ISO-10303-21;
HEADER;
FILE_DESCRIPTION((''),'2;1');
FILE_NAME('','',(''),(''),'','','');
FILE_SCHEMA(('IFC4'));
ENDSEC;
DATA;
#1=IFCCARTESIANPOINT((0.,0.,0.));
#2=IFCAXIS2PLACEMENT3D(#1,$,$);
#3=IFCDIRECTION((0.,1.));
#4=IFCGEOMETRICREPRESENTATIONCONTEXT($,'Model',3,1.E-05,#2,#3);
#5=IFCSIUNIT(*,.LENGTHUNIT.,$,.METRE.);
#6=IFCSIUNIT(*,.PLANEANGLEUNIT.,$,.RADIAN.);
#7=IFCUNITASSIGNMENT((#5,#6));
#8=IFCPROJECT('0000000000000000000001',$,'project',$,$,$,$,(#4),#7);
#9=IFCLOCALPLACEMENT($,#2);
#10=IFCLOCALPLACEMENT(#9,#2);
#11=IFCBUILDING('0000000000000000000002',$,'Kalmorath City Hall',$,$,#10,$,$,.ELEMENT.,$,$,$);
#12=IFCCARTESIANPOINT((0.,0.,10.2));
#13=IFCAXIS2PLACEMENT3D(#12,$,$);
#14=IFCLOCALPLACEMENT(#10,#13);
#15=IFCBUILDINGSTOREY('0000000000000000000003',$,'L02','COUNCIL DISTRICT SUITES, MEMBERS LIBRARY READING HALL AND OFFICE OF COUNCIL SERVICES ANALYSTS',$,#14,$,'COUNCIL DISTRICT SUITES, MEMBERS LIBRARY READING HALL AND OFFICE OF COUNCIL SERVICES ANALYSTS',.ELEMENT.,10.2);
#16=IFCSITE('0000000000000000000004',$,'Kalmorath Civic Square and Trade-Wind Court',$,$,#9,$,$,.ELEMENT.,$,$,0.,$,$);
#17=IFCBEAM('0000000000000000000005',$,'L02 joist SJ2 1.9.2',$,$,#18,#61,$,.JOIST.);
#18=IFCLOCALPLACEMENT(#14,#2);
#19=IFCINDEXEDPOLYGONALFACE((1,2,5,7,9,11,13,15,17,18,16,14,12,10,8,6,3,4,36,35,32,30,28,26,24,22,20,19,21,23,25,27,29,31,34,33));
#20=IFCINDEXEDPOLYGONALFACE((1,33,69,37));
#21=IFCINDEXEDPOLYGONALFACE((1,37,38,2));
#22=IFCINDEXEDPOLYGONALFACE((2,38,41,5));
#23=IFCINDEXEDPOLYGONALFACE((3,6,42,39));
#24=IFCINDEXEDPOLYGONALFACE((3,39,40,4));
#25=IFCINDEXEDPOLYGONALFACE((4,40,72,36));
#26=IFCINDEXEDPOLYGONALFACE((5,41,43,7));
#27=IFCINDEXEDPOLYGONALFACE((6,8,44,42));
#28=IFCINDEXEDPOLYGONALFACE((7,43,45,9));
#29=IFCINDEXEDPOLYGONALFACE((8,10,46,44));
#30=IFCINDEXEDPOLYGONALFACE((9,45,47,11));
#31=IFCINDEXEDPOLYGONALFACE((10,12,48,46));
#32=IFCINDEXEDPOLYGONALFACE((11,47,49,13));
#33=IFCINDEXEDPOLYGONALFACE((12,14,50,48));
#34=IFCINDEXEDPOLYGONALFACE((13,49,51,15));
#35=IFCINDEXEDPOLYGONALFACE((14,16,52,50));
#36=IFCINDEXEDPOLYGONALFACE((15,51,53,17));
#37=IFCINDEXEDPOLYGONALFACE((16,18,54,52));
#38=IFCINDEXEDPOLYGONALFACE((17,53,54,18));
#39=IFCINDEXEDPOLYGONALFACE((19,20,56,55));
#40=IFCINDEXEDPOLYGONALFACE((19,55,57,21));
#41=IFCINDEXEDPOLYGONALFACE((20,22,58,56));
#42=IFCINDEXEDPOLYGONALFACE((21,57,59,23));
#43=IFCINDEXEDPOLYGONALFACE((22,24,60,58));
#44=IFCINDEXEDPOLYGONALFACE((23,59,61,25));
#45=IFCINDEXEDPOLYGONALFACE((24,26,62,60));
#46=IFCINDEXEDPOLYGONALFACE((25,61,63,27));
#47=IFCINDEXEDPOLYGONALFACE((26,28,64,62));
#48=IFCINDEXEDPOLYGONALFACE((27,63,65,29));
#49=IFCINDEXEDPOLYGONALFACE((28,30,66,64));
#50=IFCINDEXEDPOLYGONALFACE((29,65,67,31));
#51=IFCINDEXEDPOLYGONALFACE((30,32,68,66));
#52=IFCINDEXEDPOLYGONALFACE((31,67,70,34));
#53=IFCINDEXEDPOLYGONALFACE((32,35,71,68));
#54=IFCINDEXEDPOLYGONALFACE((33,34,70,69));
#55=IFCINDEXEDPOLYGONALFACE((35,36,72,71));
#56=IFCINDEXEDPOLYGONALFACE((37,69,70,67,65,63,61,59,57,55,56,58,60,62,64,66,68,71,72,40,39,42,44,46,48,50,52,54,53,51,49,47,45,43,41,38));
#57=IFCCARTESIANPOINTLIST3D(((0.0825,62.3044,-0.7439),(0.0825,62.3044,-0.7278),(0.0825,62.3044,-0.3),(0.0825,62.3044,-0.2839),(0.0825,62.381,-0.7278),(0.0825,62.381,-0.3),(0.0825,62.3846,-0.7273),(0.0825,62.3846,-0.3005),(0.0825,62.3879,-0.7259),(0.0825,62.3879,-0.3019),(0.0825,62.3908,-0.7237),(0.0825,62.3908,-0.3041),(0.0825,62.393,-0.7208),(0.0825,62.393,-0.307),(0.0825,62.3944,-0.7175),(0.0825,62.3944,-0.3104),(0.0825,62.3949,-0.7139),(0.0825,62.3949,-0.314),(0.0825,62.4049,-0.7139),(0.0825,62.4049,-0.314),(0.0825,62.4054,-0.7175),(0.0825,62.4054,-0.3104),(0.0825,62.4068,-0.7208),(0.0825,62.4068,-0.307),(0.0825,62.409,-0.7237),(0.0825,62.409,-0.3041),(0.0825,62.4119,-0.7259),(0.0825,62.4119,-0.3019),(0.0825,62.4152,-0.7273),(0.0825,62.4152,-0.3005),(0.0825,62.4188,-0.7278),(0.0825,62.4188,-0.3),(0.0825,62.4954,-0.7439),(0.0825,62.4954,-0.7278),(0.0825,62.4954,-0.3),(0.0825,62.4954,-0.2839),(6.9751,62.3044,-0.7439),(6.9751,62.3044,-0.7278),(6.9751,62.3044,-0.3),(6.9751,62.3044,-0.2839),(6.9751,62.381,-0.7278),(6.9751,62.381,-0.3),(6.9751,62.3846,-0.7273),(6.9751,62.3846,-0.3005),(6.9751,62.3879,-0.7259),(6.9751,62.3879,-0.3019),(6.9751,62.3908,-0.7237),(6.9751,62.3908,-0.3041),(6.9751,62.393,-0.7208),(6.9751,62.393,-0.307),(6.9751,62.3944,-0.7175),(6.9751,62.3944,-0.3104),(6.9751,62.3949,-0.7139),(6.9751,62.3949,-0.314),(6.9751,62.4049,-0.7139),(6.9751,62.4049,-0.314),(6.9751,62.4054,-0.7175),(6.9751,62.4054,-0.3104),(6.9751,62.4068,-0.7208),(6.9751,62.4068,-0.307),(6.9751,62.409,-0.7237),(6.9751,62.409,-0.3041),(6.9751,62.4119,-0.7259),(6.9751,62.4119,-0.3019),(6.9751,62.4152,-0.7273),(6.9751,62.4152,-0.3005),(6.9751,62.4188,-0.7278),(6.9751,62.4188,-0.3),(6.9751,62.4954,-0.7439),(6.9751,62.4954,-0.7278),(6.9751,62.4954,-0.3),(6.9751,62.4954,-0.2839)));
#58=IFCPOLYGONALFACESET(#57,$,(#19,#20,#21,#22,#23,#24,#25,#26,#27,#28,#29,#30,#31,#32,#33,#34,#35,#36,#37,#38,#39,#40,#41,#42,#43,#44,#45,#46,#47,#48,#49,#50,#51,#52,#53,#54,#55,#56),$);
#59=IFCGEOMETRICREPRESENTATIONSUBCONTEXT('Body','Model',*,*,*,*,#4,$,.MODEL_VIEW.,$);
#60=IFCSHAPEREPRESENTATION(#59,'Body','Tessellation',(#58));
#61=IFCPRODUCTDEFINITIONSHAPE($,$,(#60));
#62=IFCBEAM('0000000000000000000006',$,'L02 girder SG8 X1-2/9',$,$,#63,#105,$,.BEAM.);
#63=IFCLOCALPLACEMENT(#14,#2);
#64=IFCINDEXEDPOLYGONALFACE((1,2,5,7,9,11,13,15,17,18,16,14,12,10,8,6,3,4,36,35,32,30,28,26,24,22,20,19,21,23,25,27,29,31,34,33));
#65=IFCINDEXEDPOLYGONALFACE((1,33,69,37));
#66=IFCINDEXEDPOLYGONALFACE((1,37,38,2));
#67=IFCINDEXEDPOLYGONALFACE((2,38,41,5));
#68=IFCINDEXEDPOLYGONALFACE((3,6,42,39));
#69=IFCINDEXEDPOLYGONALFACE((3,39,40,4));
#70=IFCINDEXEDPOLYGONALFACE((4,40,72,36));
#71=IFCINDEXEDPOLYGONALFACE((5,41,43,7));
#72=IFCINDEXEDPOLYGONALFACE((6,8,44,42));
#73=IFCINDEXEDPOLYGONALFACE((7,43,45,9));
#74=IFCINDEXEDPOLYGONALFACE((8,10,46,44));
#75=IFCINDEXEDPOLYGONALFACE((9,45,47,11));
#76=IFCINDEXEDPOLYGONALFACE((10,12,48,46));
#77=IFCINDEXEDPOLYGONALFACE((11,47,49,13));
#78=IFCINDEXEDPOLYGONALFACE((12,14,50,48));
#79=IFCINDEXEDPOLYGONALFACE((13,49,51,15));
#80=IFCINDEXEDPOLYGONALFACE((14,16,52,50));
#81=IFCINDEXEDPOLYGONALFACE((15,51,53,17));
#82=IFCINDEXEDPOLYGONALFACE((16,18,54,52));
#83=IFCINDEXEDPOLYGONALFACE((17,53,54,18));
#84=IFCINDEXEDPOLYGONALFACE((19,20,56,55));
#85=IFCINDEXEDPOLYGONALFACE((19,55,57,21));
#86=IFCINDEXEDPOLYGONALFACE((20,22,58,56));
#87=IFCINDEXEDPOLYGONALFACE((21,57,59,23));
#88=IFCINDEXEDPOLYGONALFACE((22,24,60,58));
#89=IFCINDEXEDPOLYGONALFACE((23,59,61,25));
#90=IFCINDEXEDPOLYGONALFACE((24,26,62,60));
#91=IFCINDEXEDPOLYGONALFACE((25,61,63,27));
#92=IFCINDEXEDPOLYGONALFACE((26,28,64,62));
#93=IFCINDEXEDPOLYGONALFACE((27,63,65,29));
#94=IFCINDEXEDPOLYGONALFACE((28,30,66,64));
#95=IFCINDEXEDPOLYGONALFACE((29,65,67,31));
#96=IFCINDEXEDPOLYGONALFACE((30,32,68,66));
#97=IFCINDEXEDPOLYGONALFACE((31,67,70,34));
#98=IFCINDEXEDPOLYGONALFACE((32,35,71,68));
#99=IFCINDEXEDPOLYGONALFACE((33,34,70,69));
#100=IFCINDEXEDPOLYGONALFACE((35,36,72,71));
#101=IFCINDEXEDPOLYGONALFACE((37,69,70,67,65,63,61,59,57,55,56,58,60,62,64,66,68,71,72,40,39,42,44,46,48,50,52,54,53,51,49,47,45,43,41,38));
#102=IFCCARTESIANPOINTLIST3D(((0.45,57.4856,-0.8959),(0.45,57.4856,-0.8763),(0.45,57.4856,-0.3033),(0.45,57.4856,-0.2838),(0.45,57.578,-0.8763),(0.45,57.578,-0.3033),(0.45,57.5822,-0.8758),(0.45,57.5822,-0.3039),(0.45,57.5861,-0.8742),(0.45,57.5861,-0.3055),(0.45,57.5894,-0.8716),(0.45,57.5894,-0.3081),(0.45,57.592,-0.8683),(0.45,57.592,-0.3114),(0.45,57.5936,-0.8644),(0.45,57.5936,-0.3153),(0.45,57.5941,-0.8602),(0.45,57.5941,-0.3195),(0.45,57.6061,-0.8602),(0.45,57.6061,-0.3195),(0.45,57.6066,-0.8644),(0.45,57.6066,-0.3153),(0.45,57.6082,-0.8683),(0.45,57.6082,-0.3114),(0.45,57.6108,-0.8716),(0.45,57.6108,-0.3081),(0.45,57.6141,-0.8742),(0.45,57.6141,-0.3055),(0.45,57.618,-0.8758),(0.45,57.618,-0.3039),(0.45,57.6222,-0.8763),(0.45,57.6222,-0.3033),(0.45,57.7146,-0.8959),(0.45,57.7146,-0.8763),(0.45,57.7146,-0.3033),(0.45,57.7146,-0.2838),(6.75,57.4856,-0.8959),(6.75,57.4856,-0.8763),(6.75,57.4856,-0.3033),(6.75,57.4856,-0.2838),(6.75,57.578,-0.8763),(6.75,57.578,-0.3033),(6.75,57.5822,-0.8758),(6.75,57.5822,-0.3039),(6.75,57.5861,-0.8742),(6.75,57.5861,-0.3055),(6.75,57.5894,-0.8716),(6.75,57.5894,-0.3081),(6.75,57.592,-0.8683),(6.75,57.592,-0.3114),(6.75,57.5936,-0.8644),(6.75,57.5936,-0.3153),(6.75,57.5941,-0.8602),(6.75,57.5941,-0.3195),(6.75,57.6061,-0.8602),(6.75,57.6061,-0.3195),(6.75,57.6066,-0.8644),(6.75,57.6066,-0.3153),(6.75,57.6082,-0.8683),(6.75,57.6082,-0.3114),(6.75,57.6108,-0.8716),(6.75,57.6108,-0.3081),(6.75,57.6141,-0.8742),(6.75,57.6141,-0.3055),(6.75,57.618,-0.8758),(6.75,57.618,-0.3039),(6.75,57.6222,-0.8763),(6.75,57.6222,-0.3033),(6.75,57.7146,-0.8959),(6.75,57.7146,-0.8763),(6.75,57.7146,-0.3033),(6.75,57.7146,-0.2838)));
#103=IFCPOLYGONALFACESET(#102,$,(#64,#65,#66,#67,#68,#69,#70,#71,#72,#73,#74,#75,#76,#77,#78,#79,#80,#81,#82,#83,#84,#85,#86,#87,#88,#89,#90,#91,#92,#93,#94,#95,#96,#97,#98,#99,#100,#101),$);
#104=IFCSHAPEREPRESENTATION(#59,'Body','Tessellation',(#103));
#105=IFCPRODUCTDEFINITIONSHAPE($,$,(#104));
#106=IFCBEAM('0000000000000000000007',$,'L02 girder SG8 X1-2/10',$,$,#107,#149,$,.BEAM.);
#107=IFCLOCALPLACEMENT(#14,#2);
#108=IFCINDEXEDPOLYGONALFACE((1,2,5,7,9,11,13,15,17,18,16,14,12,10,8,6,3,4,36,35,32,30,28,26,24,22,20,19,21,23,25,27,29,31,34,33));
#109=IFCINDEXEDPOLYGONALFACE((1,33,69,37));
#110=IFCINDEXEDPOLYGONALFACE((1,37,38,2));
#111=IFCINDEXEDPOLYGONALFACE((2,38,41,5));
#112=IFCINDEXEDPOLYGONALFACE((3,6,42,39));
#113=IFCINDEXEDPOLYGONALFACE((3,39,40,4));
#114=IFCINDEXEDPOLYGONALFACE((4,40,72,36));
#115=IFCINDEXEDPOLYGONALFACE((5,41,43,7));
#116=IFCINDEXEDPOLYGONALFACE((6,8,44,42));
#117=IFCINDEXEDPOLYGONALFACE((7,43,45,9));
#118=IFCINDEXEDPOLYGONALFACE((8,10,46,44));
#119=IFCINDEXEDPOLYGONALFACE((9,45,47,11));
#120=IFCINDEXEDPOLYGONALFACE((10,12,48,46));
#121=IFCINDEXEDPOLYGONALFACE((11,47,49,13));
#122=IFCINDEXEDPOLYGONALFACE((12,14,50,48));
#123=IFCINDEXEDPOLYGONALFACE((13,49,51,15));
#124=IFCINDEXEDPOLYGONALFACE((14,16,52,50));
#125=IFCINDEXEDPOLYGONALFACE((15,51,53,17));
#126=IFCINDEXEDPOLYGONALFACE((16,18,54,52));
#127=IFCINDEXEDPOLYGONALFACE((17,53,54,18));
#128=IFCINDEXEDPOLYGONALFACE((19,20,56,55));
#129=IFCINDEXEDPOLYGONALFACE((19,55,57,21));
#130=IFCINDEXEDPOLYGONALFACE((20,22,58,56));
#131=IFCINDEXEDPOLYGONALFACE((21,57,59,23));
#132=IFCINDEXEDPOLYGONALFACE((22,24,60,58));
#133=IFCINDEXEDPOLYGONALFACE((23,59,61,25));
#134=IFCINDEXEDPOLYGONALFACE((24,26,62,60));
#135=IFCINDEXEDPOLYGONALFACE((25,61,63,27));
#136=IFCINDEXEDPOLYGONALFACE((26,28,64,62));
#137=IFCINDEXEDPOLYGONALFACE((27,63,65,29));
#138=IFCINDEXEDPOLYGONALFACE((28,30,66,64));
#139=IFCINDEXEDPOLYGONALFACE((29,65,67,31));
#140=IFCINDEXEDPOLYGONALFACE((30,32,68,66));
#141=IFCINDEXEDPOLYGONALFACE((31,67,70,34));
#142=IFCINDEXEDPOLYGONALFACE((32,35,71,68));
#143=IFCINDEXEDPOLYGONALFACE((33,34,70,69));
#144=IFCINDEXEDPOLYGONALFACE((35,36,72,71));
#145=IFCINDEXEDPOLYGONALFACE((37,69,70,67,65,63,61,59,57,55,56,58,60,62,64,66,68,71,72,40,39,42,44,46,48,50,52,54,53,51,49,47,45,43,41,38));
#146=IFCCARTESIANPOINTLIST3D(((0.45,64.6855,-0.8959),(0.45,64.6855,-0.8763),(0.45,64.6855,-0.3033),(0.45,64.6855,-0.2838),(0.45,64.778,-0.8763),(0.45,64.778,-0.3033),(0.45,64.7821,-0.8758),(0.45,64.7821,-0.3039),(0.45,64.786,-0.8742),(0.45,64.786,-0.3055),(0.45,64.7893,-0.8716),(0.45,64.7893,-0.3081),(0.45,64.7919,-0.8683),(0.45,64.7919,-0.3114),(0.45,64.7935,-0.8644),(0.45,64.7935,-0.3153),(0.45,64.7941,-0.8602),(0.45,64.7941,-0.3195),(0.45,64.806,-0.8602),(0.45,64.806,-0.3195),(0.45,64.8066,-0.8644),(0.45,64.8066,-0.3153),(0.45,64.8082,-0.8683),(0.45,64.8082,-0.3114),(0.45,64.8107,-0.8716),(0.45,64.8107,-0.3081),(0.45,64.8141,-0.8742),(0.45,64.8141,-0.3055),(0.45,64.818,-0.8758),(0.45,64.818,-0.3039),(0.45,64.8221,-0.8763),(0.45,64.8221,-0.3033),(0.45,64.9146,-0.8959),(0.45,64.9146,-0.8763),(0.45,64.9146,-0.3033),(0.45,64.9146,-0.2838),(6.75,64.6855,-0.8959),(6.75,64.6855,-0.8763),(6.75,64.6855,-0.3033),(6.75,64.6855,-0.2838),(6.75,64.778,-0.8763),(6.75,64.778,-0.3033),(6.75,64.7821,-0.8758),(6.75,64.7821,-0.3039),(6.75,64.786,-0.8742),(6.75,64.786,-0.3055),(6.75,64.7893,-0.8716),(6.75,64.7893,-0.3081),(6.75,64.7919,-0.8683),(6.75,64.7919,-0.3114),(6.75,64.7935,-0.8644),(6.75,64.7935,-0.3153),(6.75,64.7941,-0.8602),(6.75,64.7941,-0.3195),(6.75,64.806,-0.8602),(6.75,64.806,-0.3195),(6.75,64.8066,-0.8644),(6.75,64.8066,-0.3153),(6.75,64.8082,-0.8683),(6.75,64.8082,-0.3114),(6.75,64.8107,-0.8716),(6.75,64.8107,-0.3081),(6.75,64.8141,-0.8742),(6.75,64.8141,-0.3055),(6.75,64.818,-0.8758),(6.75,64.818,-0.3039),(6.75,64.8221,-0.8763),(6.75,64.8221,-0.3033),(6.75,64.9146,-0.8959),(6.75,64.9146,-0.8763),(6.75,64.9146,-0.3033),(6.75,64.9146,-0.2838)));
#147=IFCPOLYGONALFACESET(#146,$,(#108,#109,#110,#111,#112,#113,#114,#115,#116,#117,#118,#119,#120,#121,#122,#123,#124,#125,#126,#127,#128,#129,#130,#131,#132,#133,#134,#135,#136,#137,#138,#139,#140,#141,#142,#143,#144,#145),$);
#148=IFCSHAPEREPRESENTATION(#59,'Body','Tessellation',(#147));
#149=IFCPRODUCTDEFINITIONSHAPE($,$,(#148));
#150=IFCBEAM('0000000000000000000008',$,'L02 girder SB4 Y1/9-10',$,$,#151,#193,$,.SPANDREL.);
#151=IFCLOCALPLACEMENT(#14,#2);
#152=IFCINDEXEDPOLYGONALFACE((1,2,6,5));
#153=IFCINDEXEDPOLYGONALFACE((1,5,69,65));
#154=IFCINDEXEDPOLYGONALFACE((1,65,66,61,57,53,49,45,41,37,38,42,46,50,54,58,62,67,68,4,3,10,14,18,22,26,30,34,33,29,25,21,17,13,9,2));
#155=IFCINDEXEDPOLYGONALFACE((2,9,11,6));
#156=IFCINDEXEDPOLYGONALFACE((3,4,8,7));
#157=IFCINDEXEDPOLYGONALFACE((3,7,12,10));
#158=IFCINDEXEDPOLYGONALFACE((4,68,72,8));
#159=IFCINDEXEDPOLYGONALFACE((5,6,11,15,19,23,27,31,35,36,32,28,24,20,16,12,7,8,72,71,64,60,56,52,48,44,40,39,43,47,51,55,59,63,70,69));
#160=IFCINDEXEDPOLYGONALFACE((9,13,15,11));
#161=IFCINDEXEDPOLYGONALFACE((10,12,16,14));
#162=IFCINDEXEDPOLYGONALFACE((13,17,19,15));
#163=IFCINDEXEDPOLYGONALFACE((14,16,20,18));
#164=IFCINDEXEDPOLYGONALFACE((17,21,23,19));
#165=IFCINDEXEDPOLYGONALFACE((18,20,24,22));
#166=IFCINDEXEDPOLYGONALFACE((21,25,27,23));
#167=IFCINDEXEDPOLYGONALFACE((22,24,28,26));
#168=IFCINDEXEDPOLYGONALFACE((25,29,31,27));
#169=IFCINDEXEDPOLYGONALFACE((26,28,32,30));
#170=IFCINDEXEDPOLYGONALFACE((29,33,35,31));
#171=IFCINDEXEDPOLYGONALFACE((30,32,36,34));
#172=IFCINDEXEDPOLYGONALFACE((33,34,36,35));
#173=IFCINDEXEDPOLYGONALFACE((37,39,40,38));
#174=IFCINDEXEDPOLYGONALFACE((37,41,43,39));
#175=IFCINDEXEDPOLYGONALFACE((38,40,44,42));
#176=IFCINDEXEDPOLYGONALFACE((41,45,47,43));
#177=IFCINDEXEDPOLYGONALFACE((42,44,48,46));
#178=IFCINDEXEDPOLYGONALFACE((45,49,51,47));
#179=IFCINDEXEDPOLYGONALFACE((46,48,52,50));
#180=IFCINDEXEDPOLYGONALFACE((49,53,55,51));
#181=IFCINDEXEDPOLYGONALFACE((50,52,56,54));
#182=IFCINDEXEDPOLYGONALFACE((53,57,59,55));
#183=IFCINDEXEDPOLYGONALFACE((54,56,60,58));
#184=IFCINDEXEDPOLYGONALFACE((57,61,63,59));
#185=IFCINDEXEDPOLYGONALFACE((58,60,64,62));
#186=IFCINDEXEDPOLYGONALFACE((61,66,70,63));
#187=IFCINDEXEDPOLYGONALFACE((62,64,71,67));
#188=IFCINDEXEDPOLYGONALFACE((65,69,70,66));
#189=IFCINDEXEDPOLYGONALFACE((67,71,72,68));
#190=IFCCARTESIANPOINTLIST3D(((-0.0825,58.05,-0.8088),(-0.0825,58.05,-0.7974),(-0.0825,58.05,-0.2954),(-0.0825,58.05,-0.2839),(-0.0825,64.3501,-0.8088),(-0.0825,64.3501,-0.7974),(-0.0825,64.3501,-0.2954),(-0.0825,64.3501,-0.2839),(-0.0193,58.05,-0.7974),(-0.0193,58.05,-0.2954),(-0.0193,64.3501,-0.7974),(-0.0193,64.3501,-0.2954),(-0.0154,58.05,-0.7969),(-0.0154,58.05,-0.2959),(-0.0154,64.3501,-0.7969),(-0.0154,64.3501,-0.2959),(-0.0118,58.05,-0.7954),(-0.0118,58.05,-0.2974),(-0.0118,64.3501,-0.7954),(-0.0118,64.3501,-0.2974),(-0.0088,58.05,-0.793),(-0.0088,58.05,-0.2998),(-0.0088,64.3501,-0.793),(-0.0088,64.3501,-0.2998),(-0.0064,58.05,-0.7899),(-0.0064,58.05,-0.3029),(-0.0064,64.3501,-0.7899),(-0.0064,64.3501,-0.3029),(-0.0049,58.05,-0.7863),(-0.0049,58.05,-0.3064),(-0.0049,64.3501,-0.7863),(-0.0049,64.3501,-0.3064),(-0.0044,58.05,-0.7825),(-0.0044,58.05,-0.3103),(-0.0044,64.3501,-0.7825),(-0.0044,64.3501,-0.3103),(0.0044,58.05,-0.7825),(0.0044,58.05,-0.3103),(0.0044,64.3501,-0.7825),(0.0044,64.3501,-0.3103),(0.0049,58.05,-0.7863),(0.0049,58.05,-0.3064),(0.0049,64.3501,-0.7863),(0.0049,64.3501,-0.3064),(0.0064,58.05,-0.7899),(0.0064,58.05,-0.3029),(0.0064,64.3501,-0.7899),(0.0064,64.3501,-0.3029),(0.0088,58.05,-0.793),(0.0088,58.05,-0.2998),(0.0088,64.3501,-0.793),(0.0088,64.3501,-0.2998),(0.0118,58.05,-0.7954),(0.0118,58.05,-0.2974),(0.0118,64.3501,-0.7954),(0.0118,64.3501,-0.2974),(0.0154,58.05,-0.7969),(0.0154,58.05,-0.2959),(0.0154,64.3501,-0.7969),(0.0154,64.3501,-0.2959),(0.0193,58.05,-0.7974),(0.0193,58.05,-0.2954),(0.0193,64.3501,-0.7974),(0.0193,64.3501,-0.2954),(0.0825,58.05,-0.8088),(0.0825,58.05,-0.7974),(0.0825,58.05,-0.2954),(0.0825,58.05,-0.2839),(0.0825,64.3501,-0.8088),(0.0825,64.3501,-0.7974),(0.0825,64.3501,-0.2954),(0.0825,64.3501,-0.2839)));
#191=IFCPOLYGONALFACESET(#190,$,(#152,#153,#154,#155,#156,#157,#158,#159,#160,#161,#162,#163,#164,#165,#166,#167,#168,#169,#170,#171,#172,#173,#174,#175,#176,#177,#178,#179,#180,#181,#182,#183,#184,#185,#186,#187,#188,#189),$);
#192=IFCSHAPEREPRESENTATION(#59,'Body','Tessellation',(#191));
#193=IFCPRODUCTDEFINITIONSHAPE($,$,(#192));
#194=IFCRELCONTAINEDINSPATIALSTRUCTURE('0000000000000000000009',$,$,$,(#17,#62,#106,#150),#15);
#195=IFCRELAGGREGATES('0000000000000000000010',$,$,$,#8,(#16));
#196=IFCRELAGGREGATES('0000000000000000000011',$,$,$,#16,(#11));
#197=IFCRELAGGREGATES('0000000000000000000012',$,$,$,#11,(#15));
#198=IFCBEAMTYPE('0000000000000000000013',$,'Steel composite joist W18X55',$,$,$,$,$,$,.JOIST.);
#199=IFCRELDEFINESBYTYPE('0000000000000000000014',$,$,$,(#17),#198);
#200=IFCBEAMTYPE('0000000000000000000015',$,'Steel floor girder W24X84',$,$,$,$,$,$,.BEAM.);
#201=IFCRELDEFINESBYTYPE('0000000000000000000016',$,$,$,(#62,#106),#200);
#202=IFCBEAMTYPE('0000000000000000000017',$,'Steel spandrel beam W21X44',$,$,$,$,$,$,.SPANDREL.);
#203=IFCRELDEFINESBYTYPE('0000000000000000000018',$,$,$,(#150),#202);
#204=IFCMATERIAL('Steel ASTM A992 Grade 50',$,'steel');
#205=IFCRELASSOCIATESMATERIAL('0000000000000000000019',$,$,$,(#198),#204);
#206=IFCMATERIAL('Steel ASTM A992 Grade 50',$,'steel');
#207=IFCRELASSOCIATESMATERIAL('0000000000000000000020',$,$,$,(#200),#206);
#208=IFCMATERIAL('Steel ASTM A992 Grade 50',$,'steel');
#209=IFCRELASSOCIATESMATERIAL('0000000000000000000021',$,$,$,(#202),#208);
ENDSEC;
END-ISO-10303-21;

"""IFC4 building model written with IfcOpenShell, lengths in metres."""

from ifc_helpers import new_model, si_unit, direction, frame, origin, origin_2d, place, context, subcontext, project, spatial, i_section, extrude, material, material_profile, profile_set, type_object, element, save


model = new_model("IFC4")

# Units and contexts
model_context = context("Model", 3, precision=1e-05, world=origin(), true_north=direction((0.0, 1.0)))
body_context = subcontext(model_context, "Body", "Model", "MODEL_VIEW")
ifc_project = project(units=[si_unit("LENGTHUNIT", "METRE"), si_unit("PLANEANGLEUNIT", "RADIAN")], contexts=[model_context])

# Site, building, storey
site_placement = place(None, origin())
site = spatial("IfcSite", under=ifc_project, at=site_placement, Name="Kalmorath Civic Square and Trade-Wind Court", CompositionType="ELEMENT", RefElevation=0.0)
building_placement = place(site_placement, origin())
building = spatial("IfcBuilding", under=site, at=building_placement, Name="Kalmorath City Hall", CompositionType="ELEMENT")
storey_placement = place(building_placement, frame((0.0, 0.0, 10.2)))
storey = spatial("IfcBuildingStorey", under=building, at=storey_placement, Name="L02", Description="COUNCIL DISTRICT SUITES, MEMBERS LIBRARY READING HALL AND OFFICE OF COUNCIL SERVICES ANALYSTS", LongName="COUNCIL DISTRICT SUITES, MEMBERS LIBRARY READING HALL AND OFFICE OF COUNCIL SERVICES ANALYSTS", CompositionType="ELEMENT", Elevation=10.2)

# Beams
ifc_material_1 = material(Name="Steel ASTM A992 Grade 50", Category="steel")
ifc_material_profile_1 = material_profile(ifc_material_1, i_section(OverallWidth=0.1909, OverallDepth=0.46, WebThickness=0.01, FlangeThickness=0.0161, FilletRadius=0.0139, at=origin_2d()), Name="W18X55")
ifc_profile_set_1 = profile_set([ifc_material_profile_1], Name="Steel ASTM A992 Grade 50")
beam_type_1 = type_object("IfcBeamType", Name="Steel composite joist W18X55", PredefinedType="JOIST", material=ifc_profile_set_1)
for number, where, z_axis, x_axis, name in (
    (1, (0.0825, 62.3999, -0.5139), (1.0, 0.0, 0.0), (0.0, 1.0, 0.0), "L02 joist SJ2 1.9.2"),
):
    element("IfcBeam", number, at=place(storey_placement, frame(where, z_axis=z_axis, x_axis=x_axis)), inside=storey, type_object=beam_type_1, Name=name, PredefinedType="JOIST", context=body_context, shape_type="SweptSolid", body=[
        extrude(i_section(OverallWidth=0.1909, OverallDepth=0.46, WebThickness=0.01, FlangeThickness=0.0161, FilletRadius=0.0139, at=origin_2d()), origin(), (0.0, 0.0, 1.0), 6.8926),
    ])
ifc_material_2 = material(Name="Steel ASTM A992 Grade 50", Category="steel")
ifc_material_profile_2 = material_profile(ifc_material_2, i_section(OverallWidth=0.229, OverallDepth=0.6121, WebThickness=0.012, FlangeThickness=0.0195, FilletRadius=0.0161, at=origin_2d()), Name="W24X84")
ifc_profile_set_2 = profile_set([ifc_material_profile_2], Name="Steel ASTM A992 Grade 50")
beam_type_2 = type_object("IfcBeamType", Name="Steel floor girder W24X84", PredefinedType="BEAM", material=ifc_profile_set_2)
for number, where, z_axis, x_axis, name in (
    (2, (0.45, 57.6001, -0.5898), (1.0, 0.0, 0.0), (0.0, 1.0, 0.0), "L02 girder SG8 X1-2/9"),
    (3, (0.45, 64.8, -0.5898), (1.0, 0.0, 0.0), (0.0, 1.0, 0.0), "L02 girder SG8 X1-2/10"),
):
    element("IfcBeam", number, at=place(storey_placement, frame(where, z_axis=z_axis, x_axis=x_axis)), inside=storey, type_object=beam_type_2, Name=name, PredefinedType="BEAM", context=body_context, shape_type="SweptSolid", body=[
        extrude(i_section(OverallWidth=0.229, OverallDepth=0.6121, WebThickness=0.012, FlangeThickness=0.0195, FilletRadius=0.0161, at=origin_2d()), origin(), (0.0, 0.0, 1.0), 6.3),
    ])
ifc_material_3 = material(Name="Steel ASTM A992 Grade 50", Category="steel")
ifc_material_profile_3 = material_profile(ifc_material_3, i_section(OverallWidth=0.165, OverallDepth=0.5249, WebThickness=0.0088, FlangeThickness=0.0115, FilletRadius=0.0149, at=origin_2d()), Name="W21X44")
ifc_profile_set_3 = profile_set([ifc_material_profile_3], Name="Steel ASTM A992 Grade 50")
beam_type_3 = type_object("IfcBeamType", Name="Steel spandrel beam W21X44", PredefinedType="SPANDREL", material=ifc_profile_set_3)
beam_1_placement = place(storey_placement, frame((0.0, 58.05, -0.5464), z_axis=(0.0, 1.0, 0.0), x_axis=(-1.0, 0.0, 0.0)))
element("IfcBeam", 4, at=beam_1_placement, inside=storey, type_object=beam_type_3, Name="L02 girder SB4 Y1/9-10", PredefinedType="SPANDREL", context=body_context, shape_type="SweptSolid", body=[
    extrude(i_section(OverallWidth=0.165, OverallDepth=0.5249, WebThickness=0.0088, FlangeThickness=0.0115, FilletRadius=0.0149, at=origin_2d()), origin(), (0.0, 0.0, 1.0), 6.3),
])

save(model, "model.ifc")
